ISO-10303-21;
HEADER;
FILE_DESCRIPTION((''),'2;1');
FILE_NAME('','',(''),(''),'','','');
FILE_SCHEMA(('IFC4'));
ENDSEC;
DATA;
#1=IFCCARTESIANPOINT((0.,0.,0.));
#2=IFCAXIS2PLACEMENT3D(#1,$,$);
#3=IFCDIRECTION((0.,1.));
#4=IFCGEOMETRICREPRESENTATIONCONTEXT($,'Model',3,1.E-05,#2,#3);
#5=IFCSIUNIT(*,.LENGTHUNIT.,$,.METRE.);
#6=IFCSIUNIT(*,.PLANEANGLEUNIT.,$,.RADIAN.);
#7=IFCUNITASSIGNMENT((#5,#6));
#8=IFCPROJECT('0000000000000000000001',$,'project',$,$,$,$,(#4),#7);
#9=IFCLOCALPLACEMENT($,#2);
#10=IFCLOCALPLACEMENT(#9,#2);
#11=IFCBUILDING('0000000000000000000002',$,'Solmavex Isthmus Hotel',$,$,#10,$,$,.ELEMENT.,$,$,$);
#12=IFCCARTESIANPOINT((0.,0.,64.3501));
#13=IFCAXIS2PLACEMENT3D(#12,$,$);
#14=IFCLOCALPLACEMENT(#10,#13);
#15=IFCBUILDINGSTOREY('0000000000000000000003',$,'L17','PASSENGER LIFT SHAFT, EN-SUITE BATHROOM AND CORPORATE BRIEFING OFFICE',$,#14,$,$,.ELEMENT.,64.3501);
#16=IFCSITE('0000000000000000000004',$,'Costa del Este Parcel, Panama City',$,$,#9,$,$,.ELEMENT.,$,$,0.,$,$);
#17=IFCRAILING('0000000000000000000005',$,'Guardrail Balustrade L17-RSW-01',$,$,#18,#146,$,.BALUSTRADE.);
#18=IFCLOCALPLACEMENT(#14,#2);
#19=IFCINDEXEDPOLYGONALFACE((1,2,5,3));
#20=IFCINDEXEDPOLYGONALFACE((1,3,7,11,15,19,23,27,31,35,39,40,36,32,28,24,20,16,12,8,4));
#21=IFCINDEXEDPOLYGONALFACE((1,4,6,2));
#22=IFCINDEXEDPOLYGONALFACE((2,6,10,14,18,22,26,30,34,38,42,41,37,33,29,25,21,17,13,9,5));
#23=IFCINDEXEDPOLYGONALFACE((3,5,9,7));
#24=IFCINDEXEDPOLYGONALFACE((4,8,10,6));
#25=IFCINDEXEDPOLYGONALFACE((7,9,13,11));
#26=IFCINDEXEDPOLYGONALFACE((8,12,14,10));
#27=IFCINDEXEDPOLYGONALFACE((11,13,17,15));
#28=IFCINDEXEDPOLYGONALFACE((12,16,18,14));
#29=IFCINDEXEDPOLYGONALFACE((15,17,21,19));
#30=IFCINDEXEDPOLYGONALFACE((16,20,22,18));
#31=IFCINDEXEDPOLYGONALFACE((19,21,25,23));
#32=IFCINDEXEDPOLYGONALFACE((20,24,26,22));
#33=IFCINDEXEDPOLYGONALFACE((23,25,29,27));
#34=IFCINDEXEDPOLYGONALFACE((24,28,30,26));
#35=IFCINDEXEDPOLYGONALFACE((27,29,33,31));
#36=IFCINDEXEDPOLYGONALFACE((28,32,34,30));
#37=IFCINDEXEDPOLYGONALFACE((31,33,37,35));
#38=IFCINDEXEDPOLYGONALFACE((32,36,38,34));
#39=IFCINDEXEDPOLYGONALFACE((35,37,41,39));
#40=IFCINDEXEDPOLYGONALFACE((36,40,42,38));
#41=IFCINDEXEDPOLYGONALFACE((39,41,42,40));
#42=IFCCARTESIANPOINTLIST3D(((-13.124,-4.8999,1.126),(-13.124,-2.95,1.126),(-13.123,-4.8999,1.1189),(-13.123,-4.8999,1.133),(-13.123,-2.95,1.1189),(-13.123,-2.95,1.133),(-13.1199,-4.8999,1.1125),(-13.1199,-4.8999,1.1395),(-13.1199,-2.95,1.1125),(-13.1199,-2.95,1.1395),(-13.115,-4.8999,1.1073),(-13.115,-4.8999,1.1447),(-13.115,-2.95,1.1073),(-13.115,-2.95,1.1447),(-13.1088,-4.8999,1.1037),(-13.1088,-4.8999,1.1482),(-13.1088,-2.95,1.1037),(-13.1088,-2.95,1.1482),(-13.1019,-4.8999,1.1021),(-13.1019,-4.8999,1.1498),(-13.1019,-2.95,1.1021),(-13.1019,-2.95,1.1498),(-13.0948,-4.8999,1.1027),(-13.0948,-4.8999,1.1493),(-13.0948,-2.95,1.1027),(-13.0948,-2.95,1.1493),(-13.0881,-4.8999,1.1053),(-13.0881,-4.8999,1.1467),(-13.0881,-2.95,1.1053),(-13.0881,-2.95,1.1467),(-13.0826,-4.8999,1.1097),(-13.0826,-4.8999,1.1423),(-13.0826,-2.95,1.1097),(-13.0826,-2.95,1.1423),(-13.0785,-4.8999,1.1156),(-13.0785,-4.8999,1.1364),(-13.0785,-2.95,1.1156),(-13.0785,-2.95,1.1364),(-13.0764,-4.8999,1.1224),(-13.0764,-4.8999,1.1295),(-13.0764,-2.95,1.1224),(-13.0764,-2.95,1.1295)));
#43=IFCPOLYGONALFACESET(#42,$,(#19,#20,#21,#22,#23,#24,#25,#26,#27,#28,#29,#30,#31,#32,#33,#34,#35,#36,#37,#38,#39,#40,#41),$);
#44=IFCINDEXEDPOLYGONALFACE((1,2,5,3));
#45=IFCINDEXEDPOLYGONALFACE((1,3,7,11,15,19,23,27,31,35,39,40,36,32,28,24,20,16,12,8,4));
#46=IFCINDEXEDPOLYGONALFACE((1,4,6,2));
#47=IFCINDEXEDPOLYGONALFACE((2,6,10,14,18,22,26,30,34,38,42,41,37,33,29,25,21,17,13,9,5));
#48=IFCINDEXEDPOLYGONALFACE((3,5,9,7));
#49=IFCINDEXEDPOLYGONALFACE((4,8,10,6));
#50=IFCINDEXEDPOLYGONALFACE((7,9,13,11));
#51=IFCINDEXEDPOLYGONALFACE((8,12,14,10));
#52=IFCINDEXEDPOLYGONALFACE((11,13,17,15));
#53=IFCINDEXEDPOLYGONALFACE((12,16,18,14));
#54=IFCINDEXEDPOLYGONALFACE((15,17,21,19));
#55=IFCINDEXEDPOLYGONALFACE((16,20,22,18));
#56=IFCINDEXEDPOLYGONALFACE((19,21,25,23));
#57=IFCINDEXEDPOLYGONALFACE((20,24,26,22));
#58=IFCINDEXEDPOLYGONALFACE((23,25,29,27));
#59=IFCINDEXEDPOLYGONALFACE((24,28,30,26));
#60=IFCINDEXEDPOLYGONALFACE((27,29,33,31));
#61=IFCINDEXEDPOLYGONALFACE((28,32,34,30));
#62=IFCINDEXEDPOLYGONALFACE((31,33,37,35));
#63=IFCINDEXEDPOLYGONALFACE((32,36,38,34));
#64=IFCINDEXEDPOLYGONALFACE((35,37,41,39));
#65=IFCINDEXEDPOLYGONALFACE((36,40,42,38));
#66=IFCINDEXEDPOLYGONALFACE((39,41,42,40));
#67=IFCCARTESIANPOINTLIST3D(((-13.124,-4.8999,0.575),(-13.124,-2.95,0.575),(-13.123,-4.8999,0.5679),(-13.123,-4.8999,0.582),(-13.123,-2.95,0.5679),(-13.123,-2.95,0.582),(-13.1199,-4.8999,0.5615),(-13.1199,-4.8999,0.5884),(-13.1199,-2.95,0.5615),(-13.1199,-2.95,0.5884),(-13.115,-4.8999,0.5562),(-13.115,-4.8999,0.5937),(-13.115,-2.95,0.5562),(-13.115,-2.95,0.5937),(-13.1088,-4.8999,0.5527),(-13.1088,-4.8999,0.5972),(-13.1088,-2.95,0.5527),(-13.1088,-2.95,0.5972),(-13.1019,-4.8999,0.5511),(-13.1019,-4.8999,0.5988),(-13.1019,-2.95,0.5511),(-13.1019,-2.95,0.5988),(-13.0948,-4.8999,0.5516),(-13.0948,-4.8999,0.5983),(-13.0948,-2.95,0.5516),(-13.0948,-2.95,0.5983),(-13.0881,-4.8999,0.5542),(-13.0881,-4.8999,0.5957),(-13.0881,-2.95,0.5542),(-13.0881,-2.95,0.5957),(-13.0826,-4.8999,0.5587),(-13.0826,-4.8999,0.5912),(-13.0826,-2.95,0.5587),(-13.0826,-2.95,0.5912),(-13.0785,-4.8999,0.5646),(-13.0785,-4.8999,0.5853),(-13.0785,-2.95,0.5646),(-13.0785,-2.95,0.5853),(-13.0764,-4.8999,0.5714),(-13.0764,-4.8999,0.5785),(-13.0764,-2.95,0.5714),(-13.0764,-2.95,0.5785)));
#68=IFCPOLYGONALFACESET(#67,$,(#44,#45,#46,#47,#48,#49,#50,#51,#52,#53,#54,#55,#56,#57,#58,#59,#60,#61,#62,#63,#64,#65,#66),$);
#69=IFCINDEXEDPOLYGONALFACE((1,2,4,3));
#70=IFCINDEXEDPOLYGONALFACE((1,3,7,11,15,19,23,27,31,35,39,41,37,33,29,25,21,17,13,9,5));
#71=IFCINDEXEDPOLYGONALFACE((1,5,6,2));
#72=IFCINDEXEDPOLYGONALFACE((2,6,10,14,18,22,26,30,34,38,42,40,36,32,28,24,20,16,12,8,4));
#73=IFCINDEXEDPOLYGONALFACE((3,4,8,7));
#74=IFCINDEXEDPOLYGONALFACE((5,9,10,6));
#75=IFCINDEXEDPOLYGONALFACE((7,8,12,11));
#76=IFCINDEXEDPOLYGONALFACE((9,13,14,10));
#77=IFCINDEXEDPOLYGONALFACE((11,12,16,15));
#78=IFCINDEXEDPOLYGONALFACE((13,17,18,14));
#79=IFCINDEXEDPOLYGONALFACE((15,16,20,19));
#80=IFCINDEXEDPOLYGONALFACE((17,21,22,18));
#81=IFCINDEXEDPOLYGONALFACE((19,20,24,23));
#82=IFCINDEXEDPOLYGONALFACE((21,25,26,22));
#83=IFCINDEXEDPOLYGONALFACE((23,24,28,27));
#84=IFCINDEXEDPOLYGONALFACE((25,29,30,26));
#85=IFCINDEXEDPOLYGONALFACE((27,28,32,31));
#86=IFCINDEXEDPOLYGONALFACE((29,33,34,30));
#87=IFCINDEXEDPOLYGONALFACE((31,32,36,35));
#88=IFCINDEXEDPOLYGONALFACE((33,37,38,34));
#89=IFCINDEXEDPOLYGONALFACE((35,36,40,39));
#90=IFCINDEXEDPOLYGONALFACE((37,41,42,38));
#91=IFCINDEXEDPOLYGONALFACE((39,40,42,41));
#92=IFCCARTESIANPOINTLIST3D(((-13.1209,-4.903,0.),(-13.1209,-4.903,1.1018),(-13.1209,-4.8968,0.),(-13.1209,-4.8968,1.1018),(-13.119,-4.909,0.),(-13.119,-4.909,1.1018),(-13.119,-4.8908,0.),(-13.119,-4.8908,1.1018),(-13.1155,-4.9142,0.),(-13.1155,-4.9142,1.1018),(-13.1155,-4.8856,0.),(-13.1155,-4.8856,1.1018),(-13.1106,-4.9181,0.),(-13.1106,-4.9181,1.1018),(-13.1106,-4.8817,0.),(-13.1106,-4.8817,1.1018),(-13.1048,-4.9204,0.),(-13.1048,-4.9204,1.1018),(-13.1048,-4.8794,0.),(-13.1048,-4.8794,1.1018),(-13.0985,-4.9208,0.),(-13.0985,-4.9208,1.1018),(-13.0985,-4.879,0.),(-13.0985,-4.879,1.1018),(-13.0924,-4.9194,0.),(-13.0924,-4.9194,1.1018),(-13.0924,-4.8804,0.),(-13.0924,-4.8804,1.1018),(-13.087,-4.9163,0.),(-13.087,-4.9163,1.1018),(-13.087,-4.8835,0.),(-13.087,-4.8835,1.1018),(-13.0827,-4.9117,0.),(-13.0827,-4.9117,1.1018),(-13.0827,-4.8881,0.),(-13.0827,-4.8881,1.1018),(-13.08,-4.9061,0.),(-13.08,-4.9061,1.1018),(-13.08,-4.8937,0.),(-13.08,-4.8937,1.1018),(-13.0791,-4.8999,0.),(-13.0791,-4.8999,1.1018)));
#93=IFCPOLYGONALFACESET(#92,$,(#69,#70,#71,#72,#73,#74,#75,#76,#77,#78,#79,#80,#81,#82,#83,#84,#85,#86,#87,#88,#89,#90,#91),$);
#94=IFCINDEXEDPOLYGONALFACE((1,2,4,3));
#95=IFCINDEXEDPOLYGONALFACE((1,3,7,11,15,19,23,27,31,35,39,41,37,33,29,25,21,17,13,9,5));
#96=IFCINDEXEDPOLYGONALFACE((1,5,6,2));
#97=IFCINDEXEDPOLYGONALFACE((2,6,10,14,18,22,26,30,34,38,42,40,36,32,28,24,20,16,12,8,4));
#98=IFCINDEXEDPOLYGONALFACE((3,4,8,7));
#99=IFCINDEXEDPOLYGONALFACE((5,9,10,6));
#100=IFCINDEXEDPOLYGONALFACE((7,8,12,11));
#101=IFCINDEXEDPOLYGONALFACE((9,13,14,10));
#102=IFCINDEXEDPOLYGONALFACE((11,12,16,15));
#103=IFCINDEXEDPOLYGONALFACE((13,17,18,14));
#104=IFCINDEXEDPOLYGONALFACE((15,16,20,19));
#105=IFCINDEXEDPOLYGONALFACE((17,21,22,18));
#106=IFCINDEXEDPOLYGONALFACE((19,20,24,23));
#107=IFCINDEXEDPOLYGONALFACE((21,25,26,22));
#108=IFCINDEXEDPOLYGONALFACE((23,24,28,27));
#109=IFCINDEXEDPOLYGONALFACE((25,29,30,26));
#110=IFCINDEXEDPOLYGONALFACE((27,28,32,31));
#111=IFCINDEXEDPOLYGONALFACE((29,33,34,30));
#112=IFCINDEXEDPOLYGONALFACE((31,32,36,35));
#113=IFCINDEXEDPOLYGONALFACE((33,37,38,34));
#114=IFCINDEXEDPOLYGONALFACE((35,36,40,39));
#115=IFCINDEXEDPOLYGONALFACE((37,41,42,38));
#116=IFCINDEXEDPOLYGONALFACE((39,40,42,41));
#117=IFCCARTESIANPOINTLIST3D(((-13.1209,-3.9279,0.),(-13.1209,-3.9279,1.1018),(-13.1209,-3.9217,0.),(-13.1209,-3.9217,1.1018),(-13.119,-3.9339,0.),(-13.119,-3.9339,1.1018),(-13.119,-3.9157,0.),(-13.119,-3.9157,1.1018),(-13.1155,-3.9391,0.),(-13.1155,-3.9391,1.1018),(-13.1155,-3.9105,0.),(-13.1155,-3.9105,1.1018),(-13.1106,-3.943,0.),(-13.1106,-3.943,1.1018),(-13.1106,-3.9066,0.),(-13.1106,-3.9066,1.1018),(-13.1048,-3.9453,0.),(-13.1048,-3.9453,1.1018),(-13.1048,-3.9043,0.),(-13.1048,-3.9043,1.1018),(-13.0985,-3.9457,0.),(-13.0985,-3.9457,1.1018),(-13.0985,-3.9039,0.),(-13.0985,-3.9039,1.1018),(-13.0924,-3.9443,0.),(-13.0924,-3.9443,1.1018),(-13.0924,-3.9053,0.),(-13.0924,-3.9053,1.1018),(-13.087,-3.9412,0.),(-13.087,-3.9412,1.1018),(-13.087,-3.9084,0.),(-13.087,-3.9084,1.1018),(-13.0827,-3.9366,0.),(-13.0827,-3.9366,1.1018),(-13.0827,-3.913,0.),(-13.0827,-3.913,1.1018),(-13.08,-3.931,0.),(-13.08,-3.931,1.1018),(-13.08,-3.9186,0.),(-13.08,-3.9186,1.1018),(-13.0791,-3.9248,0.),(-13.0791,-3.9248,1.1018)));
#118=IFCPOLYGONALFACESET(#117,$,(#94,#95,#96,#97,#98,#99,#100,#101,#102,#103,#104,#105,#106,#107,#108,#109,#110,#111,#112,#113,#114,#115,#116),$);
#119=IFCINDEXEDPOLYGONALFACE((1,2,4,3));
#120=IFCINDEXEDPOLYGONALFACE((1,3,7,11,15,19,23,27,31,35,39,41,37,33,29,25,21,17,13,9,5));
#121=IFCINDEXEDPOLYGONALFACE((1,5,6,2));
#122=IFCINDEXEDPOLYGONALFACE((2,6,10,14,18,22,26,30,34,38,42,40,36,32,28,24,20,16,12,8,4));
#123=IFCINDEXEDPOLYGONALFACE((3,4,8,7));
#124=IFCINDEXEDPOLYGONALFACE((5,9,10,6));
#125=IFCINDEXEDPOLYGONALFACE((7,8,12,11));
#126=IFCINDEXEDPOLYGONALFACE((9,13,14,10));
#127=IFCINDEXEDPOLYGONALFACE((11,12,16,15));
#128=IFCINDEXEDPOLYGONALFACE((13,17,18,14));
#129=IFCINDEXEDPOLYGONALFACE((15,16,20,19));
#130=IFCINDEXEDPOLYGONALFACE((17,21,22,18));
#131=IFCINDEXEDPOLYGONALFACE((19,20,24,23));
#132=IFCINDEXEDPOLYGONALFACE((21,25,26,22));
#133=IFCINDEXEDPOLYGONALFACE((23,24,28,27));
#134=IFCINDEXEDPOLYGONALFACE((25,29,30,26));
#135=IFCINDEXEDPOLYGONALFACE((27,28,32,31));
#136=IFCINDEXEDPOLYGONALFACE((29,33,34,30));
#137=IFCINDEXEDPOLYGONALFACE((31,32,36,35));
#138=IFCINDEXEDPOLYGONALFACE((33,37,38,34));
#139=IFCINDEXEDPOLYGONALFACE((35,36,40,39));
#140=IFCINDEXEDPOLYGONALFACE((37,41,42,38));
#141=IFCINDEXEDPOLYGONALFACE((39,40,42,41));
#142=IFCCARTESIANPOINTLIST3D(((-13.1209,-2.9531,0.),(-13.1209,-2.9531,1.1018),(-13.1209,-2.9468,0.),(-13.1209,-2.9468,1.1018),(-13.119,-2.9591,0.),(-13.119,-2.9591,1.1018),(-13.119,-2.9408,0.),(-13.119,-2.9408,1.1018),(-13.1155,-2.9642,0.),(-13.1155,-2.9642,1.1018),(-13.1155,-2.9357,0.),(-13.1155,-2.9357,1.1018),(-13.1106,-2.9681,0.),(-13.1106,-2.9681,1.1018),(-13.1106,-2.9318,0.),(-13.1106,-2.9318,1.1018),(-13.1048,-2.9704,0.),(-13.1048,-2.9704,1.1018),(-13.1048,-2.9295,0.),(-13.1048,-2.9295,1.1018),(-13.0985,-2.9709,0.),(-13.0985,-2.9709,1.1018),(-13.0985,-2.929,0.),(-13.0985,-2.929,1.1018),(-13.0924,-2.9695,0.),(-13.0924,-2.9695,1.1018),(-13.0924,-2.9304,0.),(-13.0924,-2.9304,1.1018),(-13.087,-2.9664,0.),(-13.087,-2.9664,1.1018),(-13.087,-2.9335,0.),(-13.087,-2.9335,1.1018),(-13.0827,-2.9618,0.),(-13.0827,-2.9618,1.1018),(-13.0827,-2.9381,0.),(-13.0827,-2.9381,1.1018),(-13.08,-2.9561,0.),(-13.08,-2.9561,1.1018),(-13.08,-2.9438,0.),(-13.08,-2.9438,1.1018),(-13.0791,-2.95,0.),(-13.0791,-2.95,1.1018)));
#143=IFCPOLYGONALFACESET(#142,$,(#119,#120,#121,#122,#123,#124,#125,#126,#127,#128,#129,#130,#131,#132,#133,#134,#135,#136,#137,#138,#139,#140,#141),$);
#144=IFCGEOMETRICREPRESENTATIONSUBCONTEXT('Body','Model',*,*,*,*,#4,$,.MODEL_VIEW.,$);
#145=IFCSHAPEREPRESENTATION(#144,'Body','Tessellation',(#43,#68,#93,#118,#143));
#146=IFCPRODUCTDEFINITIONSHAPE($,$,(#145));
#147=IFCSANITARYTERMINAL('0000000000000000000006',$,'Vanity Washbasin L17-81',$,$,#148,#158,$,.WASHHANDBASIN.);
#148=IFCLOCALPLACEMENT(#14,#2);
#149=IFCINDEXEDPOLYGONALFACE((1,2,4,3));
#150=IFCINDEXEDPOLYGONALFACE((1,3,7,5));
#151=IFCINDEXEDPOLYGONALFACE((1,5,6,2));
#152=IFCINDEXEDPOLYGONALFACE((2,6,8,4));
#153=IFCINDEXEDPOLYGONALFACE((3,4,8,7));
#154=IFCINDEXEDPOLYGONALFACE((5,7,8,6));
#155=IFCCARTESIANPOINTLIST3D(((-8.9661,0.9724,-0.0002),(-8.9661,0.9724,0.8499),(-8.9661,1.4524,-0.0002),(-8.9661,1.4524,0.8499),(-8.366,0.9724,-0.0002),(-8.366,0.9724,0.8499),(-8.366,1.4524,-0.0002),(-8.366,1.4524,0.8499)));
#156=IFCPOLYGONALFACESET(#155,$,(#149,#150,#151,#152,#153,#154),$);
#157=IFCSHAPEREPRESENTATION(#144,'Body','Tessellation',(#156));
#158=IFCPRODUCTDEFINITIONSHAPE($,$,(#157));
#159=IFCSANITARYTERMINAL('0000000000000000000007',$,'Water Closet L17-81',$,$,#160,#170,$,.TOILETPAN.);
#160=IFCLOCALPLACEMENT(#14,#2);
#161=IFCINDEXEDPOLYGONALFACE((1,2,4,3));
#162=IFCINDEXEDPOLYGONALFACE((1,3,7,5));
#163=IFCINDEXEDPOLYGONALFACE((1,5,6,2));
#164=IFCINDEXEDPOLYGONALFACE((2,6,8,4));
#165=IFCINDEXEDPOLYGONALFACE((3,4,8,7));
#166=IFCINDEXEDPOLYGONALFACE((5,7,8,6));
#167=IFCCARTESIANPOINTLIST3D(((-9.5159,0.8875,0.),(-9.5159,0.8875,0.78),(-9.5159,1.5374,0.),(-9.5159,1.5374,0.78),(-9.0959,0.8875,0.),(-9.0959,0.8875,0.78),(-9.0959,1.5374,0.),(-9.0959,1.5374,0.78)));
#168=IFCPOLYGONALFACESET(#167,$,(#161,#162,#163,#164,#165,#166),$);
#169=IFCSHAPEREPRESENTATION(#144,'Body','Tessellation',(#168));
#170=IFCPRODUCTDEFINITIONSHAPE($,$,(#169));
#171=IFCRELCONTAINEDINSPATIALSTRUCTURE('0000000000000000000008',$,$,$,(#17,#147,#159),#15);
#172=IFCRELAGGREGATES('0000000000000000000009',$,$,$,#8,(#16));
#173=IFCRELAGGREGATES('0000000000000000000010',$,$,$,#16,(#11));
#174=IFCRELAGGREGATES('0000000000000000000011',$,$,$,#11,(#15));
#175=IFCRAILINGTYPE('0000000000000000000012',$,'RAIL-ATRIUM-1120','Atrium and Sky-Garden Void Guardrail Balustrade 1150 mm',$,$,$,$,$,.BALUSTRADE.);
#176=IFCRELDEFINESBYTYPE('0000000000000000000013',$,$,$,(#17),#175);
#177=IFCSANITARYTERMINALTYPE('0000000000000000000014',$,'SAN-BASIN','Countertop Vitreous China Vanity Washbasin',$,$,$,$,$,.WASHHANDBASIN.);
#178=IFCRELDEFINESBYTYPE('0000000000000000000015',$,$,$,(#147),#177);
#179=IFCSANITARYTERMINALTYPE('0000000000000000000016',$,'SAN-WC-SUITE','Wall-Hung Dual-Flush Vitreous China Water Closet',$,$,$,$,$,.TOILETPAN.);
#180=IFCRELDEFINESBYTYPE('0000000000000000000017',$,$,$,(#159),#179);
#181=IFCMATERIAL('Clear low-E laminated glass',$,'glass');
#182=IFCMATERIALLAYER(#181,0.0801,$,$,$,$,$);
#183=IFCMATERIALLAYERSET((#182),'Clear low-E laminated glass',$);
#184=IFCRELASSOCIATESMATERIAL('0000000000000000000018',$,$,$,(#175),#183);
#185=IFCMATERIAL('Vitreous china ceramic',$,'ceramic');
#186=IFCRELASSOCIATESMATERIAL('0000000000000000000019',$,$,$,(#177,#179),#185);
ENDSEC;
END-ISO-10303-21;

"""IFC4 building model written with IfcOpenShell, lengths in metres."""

from ifc_helpers import new_model, si_unit, direction, frame, origin, origin_2d, place, context, subcontext, project, spatial, rectangle, circle, extrude, material, layer, layer_set, type_object, element, save


model = new_model("IFC4")

# Units and contexts
model_context = context("Model", 3, precision=1e-05, world=origin(), true_north=direction((0.0, 1.0)))
body_context = subcontext(model_context, "Body", "Model", "MODEL_VIEW")
ifc_project = project(units=[si_unit("LENGTHUNIT", "METRE"), si_unit("PLANEANGLEUNIT", "RADIAN")], contexts=[model_context])

# Site, building, storey
site_placement = place(None, origin())
site = spatial("IfcSite", under=ifc_project, at=site_placement, Name="Costa del Este Parcel, Panama City", CompositionType="ELEMENT", RefElevation=0.0)
building_placement = place(site_placement, origin())
building = spatial("IfcBuilding", under=site, at=building_placement, Name="Solmavex Isthmus Hotel", CompositionType="ELEMENT")
storey_placement = place(building_placement, frame((0.0, 0.0, 64.3501)))
storey = spatial("IfcBuildingStorey", under=building, at=storey_placement, Name="L17", Description="PASSENGER LIFT SHAFT, EN-SUITE BATHROOM AND CORPORATE BRIEFING OFFICE", CompositionType="ELEMENT", Elevation=64.3501)

# Railing
ifc_material_1 = material(Name="Clear low-E laminated glass", Category="glass")
ifc_layer_1 = layer(ifc_material_1, 0.0801)
ifc_layer_set_1 = layer_set([ifc_layer_1], Name="Clear low-E laminated glass")
railing_type = type_object("IfcRailingType", Name="RAIL-ATRIUM-1120", Description="Atrium and Sky-Garden Void Guardrail Balustrade 1150 mm", PredefinedType="BALUSTRADE", material=ifc_layer_set_1)
railing_placement = place(storey_placement, frame((-13.1001, -4.8999, 0.0)))
element("IfcRailing", 1, at=railing_placement, inside=storey, type_object=railing_type, Name="Guardrail Balustrade L17-RSW-01", PredefinedType="BALUSTRADE", context=body_context, shape_type="SweptSolid", body=[
    extrude(circle(Radius=0.0239, at=origin_2d()), frame((0.0, 0.0, 1.126), z_axis=(0.0, 1.0, 0.0), x_axis=(-1.0, 0.0, 0.0)), (0.0, 0.0, 1.0), 1.95),
    extrude(circle(Radius=0.0239, at=origin_2d()), frame((0.0, 0.0, 0.575), z_axis=(0.0, 1.0, 0.0), x_axis=(-1.0, 0.0, 0.0)), (0.0, 0.0, 1.0), 1.95),
    extrude(circle(Radius=0.021, at=origin_2d()), origin(), (0.0, 0.0, 1.0), 1.1018),
    extrude(circle(Radius=0.021, at=origin_2d()), frame((0.0, 0.9751, 0.0)), (0.0, 0.0, 1.0), 1.1018),
    extrude(circle(Radius=0.021, at=origin_2d()), frame((0.0, 1.95, 0.0)), (0.0, 0.0, 1.0), 1.1018),
])

# Sanitary terminals
ifc_material_2 = material(Name="Vitreous china ceramic", Category="ceramic")
sanitary_terminal_type_1 = type_object("IfcSanitaryTerminalType", Name="SAN-BASIN", Description="Countertop Vitreous China Vanity Washbasin", PredefinedType="WASHHANDBASIN", material=ifc_material_2)
sanitary_terminal_1_placement = place(storey_placement, frame((-8.666, 1.2124, -0.0002), z_axis=(0.0, 0.0, 1.0), x_axis=(1.0, 0.0, 0.0)))
element("IfcSanitaryTerminal", 2, at=sanitary_terminal_1_placement, inside=storey, type_object=sanitary_terminal_type_1, Name="Vanity Washbasin L17-81", PredefinedType="WASHHANDBASIN", context=body_context, shape_type="SweptSolid", body=[
    extrude(rectangle(XDim=0.6001, YDim=0.48, at=origin_2d()), origin(), (0.0, 0.0, 1.0), 0.8501),
])
sanitary_terminal_type_2 = type_object("IfcSanitaryTerminalType", Name="SAN-WC-SUITE", Description="Wall-Hung Dual-Flush Vitreous China Water Closet", PredefinedType="TOILETPAN", material=ifc_material_2)
sanitary_terminal_2_placement = place(storey_placement, frame((-9.3059, 1.2124, 0.0), z_axis=(0.0, 0.0, 1.0), x_axis=(1.0, 0.0, 0.0)))
element("IfcSanitaryTerminal", 3, at=sanitary_terminal_2_placement, inside=storey, type_object=sanitary_terminal_type_2, Name="Water Closet L17-81", PredefinedType="TOILETPAN", context=body_context, shape_type="SweptSolid", body=[
    extrude(rectangle(XDim=0.4199, YDim=0.6499, at=origin_2d()), origin(), (0.0, 0.0, 1.0), 0.78),
])

save(model, "model.ifc")
